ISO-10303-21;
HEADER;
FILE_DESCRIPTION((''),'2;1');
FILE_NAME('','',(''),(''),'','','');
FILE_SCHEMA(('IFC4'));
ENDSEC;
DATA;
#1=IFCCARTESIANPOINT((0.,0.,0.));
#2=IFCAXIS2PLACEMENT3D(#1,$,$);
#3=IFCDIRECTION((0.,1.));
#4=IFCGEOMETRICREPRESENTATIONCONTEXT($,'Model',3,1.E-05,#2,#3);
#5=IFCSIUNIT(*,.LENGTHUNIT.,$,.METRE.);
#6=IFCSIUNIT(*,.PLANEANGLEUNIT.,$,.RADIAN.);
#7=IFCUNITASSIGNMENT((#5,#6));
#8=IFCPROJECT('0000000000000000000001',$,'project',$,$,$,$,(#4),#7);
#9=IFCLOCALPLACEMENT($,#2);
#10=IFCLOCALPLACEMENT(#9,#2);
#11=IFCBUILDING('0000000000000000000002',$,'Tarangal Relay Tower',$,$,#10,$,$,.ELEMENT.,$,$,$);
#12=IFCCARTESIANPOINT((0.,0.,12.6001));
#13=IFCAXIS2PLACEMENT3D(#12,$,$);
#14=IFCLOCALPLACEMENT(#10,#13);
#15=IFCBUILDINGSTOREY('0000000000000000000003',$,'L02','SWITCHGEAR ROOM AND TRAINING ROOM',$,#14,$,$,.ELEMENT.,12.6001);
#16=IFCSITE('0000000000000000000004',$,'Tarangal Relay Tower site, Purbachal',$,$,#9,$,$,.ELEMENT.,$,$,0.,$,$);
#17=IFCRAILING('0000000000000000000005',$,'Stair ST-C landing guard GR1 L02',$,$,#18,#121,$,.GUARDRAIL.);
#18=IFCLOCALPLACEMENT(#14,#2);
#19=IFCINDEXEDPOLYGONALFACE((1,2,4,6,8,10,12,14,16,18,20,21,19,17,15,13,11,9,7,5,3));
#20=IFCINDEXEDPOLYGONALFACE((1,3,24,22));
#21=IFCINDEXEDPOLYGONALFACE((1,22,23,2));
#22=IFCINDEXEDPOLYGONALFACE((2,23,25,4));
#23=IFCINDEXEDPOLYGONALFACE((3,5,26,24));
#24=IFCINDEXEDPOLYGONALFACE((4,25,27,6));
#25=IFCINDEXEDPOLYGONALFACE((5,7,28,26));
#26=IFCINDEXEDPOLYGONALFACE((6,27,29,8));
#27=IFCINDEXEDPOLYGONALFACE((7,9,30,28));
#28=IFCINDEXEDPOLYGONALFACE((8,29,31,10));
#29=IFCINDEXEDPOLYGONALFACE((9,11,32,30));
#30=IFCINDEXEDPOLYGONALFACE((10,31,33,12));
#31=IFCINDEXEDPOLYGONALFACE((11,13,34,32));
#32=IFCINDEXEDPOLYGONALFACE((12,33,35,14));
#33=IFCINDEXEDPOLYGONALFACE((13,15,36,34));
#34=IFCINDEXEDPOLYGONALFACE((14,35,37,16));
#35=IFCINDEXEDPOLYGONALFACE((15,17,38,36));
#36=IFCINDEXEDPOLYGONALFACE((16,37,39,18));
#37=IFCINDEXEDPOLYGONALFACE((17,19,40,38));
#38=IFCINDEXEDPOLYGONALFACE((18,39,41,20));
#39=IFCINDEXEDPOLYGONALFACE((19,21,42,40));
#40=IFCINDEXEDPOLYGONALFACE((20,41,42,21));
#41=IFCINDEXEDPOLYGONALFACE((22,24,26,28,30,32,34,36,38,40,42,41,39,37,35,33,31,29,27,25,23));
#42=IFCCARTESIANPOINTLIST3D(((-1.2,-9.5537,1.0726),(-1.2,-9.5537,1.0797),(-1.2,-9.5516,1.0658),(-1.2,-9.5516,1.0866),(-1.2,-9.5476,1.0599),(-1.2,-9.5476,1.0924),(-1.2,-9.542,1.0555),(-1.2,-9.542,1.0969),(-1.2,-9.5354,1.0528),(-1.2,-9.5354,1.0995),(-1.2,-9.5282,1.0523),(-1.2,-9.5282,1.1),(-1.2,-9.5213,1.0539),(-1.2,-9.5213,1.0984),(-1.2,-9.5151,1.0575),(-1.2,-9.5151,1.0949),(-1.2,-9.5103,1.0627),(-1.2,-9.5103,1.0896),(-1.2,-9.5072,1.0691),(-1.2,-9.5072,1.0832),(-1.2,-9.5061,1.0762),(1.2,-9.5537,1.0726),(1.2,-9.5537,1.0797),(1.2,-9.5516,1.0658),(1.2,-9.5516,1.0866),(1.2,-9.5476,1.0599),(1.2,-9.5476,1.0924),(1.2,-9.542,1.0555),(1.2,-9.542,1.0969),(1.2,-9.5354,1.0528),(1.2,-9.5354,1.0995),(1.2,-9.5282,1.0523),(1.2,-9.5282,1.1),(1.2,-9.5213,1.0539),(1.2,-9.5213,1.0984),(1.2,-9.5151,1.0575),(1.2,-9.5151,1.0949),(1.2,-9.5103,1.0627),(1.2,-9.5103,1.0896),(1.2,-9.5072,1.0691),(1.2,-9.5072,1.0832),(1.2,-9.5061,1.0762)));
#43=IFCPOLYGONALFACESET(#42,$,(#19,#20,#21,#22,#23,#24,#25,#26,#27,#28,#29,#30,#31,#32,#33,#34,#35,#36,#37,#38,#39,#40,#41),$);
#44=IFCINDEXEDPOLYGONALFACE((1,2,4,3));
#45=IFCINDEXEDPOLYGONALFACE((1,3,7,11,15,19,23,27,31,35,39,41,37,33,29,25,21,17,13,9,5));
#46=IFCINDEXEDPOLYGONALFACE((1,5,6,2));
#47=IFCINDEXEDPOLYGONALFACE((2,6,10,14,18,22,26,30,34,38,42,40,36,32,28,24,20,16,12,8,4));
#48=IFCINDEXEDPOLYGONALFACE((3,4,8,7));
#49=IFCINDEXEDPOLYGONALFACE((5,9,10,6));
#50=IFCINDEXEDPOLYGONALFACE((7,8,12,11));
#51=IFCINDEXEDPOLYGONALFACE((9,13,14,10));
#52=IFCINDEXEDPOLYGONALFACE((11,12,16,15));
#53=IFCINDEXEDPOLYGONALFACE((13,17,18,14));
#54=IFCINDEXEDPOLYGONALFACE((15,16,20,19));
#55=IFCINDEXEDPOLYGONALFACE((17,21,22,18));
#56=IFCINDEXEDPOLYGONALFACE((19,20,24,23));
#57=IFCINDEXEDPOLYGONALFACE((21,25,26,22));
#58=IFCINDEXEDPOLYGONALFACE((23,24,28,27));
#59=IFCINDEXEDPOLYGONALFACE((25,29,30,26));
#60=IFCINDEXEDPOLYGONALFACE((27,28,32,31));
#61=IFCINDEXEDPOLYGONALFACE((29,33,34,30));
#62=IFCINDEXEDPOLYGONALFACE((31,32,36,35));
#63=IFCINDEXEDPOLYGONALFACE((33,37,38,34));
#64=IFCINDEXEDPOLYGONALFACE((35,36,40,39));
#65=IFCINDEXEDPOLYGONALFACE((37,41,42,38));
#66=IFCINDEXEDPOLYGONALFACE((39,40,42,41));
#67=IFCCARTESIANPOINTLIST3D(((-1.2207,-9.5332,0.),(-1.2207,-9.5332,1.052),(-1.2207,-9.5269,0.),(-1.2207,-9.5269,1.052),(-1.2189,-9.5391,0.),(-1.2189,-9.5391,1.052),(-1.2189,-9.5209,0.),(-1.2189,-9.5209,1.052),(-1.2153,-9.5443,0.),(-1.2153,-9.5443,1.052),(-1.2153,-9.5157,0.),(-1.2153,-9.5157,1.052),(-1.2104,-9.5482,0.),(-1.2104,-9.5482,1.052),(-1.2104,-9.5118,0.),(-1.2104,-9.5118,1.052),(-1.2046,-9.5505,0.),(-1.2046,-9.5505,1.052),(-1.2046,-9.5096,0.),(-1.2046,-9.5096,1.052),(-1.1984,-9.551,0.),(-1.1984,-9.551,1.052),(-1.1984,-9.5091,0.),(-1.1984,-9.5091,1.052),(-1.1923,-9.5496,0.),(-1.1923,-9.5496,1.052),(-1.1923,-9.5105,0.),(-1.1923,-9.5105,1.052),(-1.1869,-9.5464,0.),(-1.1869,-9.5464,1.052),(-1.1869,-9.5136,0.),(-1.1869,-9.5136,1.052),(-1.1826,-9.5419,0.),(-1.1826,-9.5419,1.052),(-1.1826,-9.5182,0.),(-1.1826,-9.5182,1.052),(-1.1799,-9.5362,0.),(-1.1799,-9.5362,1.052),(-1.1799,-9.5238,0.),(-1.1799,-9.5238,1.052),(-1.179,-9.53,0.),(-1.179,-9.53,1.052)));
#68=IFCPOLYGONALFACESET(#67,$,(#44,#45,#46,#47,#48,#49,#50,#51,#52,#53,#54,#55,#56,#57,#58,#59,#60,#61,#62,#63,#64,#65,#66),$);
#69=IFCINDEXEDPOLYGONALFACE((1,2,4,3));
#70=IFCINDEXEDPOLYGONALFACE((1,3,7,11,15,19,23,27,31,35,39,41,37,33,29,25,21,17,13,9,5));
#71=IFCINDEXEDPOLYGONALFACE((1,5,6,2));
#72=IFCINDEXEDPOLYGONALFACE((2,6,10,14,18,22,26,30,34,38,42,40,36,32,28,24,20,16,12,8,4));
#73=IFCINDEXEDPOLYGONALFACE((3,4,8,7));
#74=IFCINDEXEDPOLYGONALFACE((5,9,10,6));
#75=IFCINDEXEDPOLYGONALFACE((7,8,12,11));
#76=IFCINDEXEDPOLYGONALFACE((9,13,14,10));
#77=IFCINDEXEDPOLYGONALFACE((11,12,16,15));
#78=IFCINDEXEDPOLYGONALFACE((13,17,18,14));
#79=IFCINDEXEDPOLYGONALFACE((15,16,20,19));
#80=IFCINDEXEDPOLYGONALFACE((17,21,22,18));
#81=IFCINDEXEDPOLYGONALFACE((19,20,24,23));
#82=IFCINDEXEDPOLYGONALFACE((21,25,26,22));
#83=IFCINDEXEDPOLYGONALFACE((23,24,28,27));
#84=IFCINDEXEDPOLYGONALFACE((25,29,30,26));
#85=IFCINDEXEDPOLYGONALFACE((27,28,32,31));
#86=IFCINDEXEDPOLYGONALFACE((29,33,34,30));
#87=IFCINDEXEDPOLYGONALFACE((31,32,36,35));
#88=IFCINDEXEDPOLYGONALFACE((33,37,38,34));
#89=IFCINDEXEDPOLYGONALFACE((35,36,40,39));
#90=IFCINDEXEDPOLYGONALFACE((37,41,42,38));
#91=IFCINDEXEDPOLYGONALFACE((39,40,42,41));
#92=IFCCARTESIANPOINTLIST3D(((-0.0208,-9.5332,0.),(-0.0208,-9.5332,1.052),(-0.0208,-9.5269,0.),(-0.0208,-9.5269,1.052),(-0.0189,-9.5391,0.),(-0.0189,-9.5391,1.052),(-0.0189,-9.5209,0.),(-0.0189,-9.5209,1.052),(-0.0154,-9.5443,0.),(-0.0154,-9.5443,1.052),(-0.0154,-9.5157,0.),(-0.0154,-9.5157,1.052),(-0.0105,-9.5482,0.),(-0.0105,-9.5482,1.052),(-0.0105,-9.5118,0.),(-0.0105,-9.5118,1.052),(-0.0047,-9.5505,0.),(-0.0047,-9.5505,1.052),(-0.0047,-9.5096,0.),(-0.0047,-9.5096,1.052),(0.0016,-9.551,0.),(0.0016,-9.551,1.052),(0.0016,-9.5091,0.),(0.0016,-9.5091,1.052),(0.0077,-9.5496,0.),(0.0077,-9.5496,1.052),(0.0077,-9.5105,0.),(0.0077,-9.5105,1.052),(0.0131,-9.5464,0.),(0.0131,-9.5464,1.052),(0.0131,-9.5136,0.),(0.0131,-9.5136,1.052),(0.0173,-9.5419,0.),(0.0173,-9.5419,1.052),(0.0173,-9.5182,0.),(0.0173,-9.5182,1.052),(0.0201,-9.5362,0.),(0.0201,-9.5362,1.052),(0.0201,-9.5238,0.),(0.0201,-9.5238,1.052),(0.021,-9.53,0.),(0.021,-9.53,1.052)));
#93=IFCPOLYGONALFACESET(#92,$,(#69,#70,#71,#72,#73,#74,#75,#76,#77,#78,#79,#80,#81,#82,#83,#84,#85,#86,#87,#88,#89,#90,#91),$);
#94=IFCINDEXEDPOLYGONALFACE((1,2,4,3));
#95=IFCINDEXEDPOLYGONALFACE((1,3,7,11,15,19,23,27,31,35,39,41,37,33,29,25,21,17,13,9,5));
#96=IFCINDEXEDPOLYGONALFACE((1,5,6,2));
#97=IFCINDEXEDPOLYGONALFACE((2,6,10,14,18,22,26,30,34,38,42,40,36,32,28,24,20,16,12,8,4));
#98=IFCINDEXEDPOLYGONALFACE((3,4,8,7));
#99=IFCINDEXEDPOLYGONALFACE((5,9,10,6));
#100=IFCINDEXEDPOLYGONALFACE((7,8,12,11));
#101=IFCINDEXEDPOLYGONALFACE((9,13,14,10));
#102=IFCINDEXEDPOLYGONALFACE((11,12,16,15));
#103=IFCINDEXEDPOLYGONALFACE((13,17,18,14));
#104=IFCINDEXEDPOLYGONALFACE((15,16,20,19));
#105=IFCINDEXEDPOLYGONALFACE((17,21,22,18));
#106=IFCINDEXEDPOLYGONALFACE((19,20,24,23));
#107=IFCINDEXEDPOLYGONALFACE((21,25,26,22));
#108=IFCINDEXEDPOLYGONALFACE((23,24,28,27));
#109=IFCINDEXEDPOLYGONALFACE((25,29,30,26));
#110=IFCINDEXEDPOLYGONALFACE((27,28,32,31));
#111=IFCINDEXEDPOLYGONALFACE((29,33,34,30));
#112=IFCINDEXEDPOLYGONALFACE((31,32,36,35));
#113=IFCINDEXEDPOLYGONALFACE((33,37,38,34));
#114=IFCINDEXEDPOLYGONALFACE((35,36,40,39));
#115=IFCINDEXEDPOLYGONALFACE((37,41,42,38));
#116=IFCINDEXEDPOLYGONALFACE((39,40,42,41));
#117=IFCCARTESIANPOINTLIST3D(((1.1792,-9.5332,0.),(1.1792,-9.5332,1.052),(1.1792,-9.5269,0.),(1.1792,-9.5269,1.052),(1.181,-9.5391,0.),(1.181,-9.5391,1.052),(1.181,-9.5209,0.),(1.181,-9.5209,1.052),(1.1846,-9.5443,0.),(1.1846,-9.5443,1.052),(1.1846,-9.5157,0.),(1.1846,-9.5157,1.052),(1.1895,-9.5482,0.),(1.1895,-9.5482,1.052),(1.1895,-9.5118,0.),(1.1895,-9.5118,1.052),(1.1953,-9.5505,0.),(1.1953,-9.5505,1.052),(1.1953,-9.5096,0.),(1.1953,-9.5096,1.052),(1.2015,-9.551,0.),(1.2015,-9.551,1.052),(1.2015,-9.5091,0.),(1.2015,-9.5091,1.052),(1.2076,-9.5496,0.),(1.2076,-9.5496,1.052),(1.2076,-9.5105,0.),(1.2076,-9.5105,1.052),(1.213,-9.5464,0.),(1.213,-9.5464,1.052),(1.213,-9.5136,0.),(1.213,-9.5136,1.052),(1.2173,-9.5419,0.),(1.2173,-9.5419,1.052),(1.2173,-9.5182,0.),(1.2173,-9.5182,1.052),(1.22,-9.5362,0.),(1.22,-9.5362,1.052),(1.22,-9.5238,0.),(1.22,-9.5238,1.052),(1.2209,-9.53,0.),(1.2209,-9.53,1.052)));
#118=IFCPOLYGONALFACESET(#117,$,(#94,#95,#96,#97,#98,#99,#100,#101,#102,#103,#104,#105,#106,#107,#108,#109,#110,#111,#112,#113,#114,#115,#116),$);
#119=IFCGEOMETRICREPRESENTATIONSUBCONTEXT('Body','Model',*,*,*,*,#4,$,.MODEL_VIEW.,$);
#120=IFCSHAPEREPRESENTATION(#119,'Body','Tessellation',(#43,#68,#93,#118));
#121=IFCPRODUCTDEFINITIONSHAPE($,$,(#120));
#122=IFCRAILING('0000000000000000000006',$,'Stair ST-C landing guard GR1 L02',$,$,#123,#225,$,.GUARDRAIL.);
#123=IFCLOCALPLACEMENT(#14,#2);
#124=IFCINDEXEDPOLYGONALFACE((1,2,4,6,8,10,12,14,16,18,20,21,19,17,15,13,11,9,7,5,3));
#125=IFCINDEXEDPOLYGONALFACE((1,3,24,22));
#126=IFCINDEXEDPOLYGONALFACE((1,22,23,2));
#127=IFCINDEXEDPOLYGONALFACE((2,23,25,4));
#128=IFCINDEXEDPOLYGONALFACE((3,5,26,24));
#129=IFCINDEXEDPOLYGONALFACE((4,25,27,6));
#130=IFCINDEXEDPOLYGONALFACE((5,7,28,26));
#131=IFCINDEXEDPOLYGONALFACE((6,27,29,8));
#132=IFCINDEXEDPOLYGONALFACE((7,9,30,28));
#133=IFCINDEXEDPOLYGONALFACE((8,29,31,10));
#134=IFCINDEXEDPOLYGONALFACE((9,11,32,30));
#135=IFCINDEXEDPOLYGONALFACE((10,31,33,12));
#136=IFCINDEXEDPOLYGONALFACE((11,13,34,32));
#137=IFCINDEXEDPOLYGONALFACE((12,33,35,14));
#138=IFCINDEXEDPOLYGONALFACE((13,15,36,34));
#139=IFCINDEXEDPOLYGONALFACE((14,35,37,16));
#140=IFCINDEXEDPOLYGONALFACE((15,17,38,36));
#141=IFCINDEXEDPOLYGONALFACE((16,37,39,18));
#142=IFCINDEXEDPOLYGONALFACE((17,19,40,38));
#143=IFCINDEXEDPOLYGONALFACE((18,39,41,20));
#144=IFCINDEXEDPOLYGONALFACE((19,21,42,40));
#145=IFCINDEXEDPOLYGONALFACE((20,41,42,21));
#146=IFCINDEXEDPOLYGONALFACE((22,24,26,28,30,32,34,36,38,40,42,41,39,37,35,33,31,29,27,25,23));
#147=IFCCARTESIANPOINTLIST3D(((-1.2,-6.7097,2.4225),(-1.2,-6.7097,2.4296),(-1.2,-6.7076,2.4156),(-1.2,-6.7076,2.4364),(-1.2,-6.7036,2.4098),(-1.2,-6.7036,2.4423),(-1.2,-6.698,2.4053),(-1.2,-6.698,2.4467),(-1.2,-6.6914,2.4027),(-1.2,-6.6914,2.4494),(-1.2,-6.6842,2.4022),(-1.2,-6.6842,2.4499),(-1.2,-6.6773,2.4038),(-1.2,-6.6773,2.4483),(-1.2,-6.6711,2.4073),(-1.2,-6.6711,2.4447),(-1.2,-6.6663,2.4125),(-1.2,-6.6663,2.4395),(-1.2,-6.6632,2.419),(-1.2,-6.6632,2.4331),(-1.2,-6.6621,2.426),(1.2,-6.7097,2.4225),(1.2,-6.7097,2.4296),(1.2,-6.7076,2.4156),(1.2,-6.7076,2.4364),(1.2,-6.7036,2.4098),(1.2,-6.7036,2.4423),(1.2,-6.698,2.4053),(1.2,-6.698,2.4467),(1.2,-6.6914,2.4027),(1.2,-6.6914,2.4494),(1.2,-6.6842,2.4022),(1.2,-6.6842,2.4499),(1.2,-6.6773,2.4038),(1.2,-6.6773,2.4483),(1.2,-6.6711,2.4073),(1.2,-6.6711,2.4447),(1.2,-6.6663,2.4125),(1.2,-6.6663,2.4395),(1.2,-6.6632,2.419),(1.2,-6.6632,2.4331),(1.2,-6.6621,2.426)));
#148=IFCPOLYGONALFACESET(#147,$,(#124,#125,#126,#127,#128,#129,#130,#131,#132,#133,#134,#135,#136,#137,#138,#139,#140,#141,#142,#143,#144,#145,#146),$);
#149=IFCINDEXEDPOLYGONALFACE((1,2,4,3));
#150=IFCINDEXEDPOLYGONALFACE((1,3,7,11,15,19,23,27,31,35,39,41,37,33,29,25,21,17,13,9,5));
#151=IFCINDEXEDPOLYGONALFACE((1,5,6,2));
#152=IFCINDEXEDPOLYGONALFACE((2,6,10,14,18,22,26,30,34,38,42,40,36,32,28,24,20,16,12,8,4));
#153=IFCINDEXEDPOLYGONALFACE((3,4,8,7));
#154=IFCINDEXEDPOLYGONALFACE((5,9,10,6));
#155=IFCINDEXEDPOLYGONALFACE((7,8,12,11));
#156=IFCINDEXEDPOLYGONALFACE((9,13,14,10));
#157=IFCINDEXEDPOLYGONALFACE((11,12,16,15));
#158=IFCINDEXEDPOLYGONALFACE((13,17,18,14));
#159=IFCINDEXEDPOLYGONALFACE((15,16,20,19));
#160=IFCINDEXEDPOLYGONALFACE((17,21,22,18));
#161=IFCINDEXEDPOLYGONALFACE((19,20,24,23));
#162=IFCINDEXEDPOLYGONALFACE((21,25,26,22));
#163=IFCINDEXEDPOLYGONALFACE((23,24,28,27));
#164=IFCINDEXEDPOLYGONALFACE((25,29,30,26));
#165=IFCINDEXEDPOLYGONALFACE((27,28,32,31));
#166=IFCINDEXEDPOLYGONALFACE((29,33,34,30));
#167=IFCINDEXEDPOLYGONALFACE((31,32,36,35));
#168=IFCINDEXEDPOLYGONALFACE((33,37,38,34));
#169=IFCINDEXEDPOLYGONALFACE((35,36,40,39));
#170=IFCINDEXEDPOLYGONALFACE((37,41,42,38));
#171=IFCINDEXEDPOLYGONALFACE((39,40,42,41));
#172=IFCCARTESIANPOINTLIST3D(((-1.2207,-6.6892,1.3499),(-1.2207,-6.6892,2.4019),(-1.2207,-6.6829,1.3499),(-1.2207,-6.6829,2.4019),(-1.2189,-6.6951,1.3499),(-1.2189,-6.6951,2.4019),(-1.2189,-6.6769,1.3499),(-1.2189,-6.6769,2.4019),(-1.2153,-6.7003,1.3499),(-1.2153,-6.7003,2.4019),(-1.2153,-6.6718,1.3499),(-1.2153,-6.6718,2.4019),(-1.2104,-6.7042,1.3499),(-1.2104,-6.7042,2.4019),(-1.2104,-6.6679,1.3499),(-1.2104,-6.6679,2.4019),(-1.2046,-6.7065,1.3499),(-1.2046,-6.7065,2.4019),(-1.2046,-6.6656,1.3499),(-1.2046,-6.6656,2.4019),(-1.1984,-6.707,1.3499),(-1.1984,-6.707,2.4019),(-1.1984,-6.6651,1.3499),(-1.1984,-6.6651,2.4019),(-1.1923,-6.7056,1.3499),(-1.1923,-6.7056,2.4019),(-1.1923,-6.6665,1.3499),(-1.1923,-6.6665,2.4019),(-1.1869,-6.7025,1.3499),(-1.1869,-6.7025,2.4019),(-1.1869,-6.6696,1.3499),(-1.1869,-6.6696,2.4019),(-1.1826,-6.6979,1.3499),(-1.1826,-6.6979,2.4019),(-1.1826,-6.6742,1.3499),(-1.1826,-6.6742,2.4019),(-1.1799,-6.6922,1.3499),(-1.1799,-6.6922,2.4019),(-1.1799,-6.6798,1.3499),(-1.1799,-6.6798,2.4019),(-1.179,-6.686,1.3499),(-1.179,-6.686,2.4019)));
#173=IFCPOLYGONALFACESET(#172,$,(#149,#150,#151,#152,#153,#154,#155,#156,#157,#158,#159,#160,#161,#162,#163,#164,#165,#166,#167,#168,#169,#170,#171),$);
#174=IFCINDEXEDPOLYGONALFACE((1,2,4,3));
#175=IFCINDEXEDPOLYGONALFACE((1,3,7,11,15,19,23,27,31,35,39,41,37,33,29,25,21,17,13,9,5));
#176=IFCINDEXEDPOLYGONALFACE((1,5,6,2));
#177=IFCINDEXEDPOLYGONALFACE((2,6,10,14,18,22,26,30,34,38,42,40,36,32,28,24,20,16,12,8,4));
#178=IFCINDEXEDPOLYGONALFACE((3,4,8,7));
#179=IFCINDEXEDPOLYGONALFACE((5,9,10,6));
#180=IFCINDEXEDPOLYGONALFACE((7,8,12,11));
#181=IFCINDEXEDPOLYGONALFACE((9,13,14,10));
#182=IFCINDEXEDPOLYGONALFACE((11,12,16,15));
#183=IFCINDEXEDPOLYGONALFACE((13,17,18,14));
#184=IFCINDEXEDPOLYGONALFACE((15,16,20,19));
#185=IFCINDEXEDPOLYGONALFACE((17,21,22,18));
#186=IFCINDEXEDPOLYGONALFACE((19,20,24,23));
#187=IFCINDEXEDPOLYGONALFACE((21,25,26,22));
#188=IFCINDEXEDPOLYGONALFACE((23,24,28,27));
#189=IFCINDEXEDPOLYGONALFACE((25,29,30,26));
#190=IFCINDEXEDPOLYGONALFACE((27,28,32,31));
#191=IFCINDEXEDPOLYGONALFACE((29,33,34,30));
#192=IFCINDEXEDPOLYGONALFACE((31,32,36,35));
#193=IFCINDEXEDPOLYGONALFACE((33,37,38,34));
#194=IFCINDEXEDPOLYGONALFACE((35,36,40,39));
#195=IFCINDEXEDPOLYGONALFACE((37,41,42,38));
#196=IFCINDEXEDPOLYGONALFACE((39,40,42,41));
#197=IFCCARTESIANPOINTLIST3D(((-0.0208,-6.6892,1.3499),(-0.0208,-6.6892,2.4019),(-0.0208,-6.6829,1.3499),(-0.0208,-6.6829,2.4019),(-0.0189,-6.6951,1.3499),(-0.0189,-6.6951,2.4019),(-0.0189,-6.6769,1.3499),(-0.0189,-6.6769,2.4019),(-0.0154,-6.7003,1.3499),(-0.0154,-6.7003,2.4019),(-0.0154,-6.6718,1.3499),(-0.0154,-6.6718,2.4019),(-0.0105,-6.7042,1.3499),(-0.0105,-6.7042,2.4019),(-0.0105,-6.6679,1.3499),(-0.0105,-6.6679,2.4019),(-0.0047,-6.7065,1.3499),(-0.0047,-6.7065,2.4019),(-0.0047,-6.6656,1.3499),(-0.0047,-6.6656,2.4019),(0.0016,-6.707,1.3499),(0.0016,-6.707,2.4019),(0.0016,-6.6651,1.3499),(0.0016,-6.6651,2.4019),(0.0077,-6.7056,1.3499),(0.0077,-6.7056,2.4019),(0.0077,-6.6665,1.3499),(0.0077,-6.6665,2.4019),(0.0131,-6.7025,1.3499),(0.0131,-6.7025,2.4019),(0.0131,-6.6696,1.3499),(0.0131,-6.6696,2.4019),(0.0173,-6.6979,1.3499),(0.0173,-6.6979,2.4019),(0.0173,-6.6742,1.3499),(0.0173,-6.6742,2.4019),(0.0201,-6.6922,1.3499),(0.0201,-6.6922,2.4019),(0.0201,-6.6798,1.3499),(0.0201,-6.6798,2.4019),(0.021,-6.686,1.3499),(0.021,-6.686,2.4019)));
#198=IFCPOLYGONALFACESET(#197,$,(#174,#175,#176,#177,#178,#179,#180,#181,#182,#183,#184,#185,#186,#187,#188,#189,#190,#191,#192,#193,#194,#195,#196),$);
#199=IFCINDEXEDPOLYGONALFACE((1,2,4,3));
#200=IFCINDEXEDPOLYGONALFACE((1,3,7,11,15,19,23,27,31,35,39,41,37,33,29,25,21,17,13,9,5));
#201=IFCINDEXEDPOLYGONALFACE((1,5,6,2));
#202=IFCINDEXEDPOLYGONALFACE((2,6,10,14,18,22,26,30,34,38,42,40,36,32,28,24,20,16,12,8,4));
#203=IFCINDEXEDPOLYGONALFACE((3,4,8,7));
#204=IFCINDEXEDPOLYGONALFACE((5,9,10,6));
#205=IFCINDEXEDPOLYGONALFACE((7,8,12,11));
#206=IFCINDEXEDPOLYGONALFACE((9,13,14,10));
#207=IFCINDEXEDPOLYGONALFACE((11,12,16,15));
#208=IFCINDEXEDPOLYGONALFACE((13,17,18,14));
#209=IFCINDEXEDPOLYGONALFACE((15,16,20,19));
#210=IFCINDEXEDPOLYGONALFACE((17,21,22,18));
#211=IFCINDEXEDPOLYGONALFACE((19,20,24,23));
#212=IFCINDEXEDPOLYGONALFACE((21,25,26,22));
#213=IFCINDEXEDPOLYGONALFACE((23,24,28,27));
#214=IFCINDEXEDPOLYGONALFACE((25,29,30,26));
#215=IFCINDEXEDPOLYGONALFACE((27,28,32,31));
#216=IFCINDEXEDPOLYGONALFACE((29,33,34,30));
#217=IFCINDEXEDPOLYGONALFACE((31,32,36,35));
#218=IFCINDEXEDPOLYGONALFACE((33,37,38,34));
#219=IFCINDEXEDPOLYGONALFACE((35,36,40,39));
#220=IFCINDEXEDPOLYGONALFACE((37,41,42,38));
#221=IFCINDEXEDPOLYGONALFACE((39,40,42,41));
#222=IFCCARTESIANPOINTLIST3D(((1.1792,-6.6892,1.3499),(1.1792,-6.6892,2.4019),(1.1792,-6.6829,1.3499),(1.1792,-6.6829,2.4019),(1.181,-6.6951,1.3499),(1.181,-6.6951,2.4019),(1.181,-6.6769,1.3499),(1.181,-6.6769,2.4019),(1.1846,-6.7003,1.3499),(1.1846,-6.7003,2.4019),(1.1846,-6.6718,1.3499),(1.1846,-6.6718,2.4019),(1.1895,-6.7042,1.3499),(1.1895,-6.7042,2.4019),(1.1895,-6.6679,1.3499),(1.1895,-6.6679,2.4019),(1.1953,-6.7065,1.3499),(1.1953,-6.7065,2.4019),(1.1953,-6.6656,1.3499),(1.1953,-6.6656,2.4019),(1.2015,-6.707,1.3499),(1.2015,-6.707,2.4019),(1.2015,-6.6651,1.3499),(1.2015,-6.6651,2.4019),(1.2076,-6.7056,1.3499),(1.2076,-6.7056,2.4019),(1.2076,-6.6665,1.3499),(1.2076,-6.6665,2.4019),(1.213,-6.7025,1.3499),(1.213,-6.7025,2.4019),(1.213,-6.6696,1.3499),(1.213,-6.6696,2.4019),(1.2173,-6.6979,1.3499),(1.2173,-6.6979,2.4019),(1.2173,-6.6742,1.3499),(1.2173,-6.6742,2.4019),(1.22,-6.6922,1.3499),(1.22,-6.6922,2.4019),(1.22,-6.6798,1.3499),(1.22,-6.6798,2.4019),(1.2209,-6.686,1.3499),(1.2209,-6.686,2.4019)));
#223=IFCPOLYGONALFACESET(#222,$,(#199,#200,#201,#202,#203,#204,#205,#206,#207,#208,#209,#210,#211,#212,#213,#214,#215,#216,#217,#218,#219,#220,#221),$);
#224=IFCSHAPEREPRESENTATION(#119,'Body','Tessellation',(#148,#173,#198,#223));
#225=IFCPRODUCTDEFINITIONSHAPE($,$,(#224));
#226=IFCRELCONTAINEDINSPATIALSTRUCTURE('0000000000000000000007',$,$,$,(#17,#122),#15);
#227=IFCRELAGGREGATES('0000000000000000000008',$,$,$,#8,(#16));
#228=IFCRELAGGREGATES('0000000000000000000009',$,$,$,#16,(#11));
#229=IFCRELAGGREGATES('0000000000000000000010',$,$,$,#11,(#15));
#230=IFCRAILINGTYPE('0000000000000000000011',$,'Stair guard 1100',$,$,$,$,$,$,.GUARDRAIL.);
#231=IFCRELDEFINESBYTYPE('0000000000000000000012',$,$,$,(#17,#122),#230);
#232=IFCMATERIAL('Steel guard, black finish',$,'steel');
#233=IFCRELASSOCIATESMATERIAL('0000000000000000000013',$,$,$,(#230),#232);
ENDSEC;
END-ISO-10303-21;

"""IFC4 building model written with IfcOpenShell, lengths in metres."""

from ifc_helpers import new_model, si_unit, direction, frame, origin, origin_2d, place, context, subcontext, project, spatial, circle, extrude, material, type_object, element, save


model = new_model("IFC4")

# Units and contexts
model_context = context("Model", 3, precision=1e-05, world=origin(), true_north=direction((0.0, 1.0)))
body_context = subcontext(model_context, "Body", "Model", "MODEL_VIEW")
ifc_project = project(units=[si_unit("LENGTHUNIT", "METRE"), si_unit("PLANEANGLEUNIT", "RADIAN")], contexts=[model_context])

# Site, building, storey
site_placement = place(None, origin())
site = spatial("IfcSite", under=ifc_project, at=site_placement, Name="Tarangal Relay Tower site, Purbachal", CompositionType="ELEMENT", RefElevation=0.0)
building_placement = place(site_placement, origin())
building = spatial("IfcBuilding", under=site, at=building_placement, Name="Tarangal Relay Tower", CompositionType="ELEMENT")
storey_placement = place(building_placement, frame((0.0, 0.0, 12.6001)))
storey = spatial("IfcBuildingStorey", under=building, at=storey_placement, Name="L02", Description="SWITCHGEAR ROOM AND TRAINING ROOM", CompositionType="ELEMENT", Elevation=12.6001)

# Railings
ifc_material_1 = material(Name="Steel guard, black finish", Category="steel")
railing_type_1 = type_object("IfcRailingType", Name="Stair guard 1100", PredefinedType="GUARDRAIL", material=ifc_material_1)
for number, where, name in (
    (1, (-1.2, -9.53, 0.0), "Stair ST-C landing guard GR1 L02"),
    (2, (-1.2, -6.686, 1.3499), "Stair ST-C landing guard GR1 L02"),
):
    element("IfcRailing", number, at=place(storey_placement, frame(where)), inside=storey, type_object=railing_type_1, Name=name, PredefinedType="GUARDRAIL", context=body_context, shape_type="SweptSolid", body=[
        extrude(circle(Radius=0.0239, at=origin_2d()), frame((0.0, 0.0, 1.0762), z_axis=(1.0, 0.0, 0.0), x_axis=(0.0, 1.0, 0.0)), (0.0, 0.0, 1.0), 2.3999),
        extrude(circle(Radius=0.021, at=origin_2d()), origin(), (0.0, 0.0, 1.0), 1.052),
        extrude(circle(Radius=0.021, at=origin_2d()), frame((1.2, 0.0, 0.0)), (0.0, 0.0, 1.0), 1.052),
        extrude(circle(Radius=0.021, at=origin_2d()), frame((2.3999, 0.0, 0.0)), (0.0, 0.0, 1.0), 1.052),
    ])

save(model, "model.ifc")
